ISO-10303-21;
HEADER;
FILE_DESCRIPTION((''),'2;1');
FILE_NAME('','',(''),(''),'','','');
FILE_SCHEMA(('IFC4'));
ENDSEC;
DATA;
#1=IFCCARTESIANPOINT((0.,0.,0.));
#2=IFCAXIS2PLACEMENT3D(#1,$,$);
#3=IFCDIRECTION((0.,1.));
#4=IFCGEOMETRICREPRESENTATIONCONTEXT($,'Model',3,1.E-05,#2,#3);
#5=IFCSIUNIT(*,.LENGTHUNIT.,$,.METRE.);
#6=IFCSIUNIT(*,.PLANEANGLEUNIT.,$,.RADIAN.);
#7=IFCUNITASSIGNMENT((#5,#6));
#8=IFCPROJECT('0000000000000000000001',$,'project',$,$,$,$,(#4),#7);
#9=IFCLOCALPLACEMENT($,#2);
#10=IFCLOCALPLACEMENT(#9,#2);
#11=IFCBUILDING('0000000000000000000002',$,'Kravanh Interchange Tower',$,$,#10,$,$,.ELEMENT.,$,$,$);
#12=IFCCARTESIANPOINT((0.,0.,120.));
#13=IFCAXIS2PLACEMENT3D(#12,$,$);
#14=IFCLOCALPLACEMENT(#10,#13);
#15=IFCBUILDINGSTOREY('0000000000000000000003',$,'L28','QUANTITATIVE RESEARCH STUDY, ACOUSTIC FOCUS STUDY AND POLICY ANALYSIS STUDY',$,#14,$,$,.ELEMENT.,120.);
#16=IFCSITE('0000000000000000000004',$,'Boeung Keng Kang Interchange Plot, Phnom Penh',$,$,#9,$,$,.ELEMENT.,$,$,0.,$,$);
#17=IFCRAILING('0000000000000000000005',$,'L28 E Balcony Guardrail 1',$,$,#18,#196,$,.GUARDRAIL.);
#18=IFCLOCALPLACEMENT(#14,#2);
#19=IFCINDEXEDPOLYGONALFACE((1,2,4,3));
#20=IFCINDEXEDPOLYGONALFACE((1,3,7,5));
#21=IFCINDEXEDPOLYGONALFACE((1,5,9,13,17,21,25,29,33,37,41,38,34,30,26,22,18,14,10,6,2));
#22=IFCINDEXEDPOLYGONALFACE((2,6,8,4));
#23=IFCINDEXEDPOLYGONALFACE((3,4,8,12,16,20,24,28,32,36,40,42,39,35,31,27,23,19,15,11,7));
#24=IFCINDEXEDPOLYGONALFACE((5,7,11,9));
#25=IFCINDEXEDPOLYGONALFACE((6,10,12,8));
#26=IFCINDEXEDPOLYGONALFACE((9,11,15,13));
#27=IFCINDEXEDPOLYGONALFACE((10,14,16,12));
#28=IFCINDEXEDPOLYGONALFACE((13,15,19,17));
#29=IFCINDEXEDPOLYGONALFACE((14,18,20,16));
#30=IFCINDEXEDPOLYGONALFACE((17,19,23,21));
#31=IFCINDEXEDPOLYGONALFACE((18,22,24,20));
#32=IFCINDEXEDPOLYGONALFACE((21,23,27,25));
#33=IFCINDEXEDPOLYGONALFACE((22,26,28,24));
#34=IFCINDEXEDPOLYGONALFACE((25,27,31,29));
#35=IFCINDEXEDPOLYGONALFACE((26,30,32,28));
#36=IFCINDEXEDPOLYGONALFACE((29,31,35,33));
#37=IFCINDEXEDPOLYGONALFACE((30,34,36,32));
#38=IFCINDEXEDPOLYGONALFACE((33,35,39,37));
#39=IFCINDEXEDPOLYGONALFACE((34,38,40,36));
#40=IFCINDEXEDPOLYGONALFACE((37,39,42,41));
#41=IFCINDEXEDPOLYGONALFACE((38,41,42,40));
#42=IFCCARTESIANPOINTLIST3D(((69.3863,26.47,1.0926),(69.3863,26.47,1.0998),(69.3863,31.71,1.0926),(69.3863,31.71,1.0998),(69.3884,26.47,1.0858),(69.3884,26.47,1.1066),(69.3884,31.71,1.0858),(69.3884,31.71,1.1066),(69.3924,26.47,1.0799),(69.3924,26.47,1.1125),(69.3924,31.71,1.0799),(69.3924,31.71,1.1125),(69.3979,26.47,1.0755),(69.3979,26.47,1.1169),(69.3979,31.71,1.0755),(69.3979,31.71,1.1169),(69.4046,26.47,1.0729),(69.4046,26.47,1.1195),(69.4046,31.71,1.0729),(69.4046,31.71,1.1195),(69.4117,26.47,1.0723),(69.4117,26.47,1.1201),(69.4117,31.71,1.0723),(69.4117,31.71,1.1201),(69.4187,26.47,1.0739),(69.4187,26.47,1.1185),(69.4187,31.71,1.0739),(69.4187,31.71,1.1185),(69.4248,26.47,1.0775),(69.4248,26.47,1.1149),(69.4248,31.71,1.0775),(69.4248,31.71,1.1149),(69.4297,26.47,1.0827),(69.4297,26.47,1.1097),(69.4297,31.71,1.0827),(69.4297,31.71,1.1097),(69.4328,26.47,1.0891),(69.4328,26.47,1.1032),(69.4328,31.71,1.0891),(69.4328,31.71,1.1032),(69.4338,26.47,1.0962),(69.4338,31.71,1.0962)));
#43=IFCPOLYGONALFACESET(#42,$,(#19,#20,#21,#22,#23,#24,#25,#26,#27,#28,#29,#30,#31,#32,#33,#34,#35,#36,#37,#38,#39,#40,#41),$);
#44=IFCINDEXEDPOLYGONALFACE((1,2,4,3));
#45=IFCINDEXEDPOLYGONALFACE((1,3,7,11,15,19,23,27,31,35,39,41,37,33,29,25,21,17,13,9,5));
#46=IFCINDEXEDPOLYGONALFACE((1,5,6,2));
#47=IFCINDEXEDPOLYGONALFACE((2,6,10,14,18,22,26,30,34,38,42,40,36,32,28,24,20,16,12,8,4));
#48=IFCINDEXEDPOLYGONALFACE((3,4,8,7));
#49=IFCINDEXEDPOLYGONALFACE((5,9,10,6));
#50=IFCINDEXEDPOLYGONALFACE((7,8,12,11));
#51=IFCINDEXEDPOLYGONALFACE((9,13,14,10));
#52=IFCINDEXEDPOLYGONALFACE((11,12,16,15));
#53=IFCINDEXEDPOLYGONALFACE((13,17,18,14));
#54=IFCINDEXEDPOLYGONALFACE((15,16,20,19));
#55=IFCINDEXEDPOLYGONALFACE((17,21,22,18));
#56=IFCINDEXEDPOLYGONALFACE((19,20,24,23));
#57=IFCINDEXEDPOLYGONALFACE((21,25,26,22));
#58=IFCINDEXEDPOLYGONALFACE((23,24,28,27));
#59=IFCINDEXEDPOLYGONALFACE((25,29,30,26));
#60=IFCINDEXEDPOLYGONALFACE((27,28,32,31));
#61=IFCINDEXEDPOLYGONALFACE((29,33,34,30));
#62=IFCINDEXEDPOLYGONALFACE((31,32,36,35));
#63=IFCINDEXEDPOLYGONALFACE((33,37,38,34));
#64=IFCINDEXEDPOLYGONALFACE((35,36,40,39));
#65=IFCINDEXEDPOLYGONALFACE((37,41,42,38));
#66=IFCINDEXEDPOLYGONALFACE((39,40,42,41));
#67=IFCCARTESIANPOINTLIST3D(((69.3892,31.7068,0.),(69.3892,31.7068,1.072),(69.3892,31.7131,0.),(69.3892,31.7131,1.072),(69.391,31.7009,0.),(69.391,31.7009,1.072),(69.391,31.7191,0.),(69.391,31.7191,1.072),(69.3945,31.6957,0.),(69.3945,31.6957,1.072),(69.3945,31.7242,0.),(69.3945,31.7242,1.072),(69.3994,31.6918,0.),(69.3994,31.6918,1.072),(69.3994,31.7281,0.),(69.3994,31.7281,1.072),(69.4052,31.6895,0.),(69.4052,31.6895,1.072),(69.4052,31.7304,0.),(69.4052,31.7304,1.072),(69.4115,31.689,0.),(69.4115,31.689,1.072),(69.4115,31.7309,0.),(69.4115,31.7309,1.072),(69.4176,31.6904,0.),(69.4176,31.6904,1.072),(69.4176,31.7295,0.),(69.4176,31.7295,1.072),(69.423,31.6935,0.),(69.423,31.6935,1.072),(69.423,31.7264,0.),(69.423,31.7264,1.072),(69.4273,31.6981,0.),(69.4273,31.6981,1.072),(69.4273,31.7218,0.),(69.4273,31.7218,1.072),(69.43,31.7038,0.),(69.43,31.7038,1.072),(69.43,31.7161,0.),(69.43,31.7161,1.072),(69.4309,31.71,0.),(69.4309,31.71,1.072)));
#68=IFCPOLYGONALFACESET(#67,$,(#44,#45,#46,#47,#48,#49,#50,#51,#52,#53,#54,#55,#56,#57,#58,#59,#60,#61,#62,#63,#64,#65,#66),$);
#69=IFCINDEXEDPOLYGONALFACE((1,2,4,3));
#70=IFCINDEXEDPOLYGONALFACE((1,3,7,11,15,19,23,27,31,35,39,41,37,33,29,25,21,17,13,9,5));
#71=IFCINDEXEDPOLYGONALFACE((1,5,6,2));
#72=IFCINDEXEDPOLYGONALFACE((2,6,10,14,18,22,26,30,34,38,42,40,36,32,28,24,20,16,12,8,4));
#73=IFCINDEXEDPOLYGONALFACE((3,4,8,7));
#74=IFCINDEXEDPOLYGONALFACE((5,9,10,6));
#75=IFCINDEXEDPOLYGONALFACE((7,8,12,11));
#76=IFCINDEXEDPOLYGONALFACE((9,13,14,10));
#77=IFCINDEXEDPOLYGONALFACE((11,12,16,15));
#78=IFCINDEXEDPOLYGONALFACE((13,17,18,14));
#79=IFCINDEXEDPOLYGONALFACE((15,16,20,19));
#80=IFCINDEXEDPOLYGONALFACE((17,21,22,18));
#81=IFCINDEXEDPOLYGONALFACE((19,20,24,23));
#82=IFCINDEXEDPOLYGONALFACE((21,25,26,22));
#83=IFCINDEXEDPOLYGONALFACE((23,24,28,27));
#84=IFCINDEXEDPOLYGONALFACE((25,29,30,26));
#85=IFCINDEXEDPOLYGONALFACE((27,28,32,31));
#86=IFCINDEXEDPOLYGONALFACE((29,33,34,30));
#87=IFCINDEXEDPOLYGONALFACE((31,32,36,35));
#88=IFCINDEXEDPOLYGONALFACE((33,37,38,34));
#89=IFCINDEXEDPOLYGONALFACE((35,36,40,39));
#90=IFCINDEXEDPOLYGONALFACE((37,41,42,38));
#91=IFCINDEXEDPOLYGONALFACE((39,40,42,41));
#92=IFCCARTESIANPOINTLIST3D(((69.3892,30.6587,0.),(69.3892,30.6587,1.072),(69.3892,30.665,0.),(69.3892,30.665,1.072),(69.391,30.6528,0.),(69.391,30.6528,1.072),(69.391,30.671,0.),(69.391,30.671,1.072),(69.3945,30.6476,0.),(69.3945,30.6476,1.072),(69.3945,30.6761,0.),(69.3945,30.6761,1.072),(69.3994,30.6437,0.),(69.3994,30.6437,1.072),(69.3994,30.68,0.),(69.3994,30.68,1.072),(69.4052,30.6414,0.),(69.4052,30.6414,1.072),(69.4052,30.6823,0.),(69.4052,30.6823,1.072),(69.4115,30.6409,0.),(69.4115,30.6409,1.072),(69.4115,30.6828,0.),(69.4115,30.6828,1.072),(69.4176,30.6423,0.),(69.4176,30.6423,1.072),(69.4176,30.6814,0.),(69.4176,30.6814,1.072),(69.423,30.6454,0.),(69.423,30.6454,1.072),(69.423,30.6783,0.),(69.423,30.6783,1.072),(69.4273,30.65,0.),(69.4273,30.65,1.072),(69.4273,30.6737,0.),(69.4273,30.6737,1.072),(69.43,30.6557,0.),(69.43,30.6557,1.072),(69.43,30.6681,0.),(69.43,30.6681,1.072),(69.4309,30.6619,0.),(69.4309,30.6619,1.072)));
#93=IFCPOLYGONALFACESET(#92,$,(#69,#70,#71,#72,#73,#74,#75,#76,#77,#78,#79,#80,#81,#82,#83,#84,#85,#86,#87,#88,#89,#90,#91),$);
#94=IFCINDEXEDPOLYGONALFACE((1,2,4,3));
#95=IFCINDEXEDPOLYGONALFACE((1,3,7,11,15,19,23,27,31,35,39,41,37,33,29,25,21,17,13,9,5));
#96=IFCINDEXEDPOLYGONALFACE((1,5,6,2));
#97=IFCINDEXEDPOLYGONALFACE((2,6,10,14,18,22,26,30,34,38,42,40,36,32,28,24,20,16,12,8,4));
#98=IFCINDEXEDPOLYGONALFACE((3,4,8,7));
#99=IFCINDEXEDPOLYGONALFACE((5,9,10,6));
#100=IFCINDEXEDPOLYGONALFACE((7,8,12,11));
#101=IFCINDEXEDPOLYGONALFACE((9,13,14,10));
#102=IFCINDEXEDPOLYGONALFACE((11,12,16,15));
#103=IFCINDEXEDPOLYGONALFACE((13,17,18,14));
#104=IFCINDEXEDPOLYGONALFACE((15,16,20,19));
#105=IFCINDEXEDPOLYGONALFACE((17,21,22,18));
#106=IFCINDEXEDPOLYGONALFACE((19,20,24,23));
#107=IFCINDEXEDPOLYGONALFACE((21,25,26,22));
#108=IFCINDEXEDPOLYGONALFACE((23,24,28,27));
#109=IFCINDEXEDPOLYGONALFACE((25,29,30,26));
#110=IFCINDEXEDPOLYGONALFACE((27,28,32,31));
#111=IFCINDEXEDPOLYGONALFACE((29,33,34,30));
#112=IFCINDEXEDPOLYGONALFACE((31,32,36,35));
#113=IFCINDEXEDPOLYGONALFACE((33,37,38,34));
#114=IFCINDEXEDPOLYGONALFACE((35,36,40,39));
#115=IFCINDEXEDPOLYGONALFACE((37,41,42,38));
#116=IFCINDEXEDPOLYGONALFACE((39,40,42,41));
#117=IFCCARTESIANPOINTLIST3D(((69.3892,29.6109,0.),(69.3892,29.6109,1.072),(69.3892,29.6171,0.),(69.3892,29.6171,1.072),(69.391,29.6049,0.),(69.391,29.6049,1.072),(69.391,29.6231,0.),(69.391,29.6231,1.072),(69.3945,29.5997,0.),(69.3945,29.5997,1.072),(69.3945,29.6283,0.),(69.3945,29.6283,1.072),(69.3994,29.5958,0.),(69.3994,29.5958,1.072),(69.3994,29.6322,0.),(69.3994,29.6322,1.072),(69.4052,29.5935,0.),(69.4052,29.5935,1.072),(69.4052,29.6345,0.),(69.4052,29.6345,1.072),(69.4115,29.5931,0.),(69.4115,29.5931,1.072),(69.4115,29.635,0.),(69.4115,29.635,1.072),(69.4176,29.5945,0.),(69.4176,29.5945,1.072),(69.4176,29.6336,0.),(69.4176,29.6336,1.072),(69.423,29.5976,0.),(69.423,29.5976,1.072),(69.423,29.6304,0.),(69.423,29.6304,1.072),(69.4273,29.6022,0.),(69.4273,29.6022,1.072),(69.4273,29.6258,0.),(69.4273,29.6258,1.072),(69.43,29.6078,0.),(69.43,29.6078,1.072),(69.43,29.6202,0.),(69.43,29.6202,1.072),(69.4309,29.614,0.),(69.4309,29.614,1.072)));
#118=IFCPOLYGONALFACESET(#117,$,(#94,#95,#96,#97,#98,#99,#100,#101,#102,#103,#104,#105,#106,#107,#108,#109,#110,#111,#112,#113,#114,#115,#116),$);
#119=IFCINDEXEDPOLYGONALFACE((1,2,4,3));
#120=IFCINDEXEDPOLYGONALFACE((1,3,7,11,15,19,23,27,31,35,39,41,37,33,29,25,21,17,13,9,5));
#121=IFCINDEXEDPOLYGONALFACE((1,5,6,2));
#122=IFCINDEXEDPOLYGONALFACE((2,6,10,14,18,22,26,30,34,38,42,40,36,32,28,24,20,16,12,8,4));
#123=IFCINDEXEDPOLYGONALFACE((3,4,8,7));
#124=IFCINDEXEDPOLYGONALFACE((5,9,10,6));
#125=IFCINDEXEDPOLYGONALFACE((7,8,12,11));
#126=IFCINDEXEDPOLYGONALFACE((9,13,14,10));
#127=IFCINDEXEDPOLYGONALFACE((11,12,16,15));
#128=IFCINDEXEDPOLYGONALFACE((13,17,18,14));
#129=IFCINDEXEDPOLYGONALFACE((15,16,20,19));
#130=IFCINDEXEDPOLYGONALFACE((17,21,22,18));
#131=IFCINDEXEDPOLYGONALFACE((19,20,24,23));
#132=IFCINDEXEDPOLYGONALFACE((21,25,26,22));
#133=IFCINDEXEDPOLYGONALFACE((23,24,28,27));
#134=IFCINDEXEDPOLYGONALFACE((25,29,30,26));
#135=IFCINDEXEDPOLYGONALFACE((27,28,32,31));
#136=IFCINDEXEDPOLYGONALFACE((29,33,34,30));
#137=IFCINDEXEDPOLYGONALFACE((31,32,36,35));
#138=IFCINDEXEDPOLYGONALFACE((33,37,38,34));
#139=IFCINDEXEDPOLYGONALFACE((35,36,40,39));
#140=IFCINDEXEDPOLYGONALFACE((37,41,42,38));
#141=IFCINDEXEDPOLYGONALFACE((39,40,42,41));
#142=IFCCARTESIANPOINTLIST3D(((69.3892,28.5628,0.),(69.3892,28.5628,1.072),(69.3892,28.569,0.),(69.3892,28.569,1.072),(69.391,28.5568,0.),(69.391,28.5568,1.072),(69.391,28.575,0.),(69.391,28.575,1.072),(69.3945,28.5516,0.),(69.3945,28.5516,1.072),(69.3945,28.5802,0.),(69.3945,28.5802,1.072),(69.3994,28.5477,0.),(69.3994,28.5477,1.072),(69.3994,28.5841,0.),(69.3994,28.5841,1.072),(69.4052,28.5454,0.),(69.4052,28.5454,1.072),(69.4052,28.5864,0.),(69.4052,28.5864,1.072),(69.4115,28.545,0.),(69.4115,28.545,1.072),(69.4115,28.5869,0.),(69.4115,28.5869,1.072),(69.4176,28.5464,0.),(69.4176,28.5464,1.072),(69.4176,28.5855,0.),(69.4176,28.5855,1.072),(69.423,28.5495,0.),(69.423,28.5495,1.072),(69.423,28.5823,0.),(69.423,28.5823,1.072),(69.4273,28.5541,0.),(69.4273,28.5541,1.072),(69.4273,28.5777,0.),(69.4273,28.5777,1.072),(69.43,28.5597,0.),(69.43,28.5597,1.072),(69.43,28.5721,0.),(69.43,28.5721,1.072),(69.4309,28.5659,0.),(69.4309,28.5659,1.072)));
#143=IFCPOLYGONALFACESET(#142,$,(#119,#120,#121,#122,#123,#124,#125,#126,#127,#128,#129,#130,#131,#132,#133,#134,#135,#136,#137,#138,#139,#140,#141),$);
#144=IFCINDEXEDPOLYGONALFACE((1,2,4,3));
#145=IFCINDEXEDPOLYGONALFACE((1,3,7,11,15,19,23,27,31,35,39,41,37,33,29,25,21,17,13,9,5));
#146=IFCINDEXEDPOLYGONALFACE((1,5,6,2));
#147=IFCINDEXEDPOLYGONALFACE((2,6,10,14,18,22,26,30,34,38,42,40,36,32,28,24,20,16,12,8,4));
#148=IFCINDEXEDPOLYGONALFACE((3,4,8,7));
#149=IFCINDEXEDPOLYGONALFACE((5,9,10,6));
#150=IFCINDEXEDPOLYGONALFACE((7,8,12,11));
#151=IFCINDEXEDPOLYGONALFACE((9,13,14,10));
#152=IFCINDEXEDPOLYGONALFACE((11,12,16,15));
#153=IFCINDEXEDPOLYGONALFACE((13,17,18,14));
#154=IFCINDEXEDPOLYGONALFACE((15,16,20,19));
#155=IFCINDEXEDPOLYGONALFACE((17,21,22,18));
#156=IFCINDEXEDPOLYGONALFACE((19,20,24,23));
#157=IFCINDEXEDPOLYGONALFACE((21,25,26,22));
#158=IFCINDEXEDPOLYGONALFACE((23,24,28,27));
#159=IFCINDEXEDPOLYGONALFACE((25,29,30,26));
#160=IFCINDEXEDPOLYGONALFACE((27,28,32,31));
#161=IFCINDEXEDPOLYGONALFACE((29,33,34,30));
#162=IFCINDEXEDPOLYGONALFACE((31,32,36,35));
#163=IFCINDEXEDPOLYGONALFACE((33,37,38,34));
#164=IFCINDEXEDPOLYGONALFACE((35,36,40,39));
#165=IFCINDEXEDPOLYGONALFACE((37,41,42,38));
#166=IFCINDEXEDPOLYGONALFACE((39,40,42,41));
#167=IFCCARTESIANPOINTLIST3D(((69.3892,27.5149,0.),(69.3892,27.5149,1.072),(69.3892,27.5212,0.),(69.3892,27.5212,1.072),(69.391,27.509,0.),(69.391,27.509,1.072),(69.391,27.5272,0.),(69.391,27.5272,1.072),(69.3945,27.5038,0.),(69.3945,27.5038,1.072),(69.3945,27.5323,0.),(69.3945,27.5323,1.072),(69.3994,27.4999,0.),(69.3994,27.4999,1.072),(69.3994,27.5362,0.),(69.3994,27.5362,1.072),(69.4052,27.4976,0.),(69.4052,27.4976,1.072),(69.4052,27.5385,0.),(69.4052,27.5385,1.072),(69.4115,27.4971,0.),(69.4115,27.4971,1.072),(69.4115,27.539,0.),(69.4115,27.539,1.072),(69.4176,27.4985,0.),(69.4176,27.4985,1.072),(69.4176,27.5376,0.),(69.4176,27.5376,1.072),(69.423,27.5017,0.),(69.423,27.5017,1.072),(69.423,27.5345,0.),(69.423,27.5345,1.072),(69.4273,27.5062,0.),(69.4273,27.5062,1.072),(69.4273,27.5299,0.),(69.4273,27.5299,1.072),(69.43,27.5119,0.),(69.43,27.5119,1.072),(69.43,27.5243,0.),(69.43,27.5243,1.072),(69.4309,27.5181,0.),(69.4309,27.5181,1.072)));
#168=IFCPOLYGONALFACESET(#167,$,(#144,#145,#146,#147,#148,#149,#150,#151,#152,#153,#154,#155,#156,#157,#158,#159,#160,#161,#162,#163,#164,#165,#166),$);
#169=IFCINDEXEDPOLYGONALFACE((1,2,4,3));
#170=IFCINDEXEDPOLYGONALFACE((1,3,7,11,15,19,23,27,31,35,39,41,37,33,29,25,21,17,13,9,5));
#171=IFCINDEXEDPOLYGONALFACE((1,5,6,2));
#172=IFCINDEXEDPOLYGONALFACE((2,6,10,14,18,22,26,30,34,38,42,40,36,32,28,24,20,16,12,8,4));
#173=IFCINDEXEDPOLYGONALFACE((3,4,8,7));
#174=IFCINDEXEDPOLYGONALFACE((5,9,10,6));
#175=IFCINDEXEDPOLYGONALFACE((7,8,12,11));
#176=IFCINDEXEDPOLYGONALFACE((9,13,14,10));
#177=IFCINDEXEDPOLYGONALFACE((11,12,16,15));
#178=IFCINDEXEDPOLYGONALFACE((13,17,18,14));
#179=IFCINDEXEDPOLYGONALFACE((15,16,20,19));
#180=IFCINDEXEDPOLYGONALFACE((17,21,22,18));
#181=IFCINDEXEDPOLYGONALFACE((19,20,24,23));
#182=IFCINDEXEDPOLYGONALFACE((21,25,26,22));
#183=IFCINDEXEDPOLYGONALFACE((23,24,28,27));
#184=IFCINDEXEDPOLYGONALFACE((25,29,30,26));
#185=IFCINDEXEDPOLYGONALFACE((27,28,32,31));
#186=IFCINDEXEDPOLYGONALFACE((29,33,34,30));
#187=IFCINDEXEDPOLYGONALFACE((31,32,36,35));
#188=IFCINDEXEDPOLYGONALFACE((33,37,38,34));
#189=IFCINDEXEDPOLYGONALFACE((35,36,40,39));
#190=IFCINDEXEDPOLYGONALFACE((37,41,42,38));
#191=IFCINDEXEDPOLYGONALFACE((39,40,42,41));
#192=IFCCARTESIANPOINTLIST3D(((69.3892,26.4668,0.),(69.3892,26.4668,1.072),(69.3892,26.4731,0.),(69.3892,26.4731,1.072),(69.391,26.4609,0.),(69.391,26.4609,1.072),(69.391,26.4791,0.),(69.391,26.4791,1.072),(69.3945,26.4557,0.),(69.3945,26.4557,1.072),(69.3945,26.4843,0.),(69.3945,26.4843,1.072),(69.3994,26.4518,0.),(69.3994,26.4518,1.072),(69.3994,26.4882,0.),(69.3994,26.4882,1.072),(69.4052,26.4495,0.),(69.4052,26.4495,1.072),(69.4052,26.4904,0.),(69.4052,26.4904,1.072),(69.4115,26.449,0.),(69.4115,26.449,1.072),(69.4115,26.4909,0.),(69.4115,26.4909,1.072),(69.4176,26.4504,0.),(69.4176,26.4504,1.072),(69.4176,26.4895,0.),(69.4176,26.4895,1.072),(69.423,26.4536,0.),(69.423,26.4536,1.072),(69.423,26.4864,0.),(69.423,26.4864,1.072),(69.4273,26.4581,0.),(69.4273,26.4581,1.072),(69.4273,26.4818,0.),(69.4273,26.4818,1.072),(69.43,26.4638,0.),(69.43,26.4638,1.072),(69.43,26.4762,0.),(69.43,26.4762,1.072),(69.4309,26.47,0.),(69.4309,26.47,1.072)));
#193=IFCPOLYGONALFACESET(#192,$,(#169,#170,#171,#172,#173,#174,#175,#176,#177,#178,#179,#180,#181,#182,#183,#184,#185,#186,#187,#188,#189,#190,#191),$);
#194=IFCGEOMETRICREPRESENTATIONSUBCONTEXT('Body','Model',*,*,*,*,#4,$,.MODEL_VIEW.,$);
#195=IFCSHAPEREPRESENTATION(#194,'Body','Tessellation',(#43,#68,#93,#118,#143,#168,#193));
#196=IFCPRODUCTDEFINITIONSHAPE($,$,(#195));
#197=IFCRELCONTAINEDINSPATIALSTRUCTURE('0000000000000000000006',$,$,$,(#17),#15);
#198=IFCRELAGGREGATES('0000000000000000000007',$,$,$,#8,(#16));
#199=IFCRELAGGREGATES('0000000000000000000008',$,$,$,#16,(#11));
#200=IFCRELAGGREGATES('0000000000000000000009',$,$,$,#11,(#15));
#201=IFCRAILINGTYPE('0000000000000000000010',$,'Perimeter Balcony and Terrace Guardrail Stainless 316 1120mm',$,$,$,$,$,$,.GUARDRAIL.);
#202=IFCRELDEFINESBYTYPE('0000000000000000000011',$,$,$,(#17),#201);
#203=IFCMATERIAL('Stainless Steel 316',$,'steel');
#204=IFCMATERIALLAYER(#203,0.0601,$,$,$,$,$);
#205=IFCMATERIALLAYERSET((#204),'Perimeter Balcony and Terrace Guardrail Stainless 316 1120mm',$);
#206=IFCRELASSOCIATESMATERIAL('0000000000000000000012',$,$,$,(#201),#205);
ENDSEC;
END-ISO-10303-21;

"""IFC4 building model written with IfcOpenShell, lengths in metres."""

from ifc_helpers import new_model, si_unit, direction, frame, origin, origin_2d, place, context, subcontext, project, spatial, circle, extrude, material, layer, layer_set, type_object, element, save


model = new_model("IFC4")

# Units and contexts
model_context = context("Model", 3, precision=1e-05, world=origin(), true_north=direction((0.0, 1.0)))
body_context = subcontext(model_context, "Body", "Model", "MODEL_VIEW")
ifc_project = project(units=[si_unit("LENGTHUNIT", "METRE"), si_unit("PLANEANGLEUNIT", "RADIAN")], contexts=[model_context])

# Site, building, storey
site_placement = place(None, origin())
site = spatial("IfcSite", under=ifc_project, at=site_placement, Name="Boeung Keng Kang Interchange Plot, Phnom Penh", CompositionType="ELEMENT", RefElevation=0.0)
building_placement = place(site_placement, origin())
building = spatial("IfcBuilding", under=site, at=building_placement, Name="Kravanh Interchange Tower", CompositionType="ELEMENT")
storey_placement = place(building_placement, frame((0.0, 0.0, 120.0)))
storey = spatial("IfcBuildingStorey", under=building, at=storey_placement, Name="L28", Description="QUANTITATIVE RESEARCH STUDY, ACOUSTIC FOCUS STUDY AND POLICY ANALYSIS STUDY", CompositionType="ELEMENT", Elevation=120.0)

# Railing
ifc_material_1 = material(Name="Stainless Steel 316", Category="steel")
ifc_layer_1 = layer(ifc_material_1, 0.0601)
ifc_layer_set_1 = layer_set([ifc_layer_1], Name="Perimeter Balcony and Terrace Guardrail Stainless 316 1120mm")
railing_type_1 = type_object("IfcRailingType", Name="Perimeter Balcony and Terrace Guardrail Stainless 316 1120mm", PredefinedType="GUARDRAIL", material=ifc_layer_set_1)
railing_1_placement = place(storey_placement, frame((69.4099, 31.71, 0.0)))
element("IfcRailing", 1, at=railing_1_placement, inside=storey, type_object=railing_type_1, Name="L28 E Balcony Guardrail 1", PredefinedType="GUARDRAIL", context=body_context, shape_type="SweptSolid", body=[
    extrude(circle(Radius=0.0239, at=origin_2d()), frame((0.0, 0.0, 1.0962), z_axis=(0.0, -1.0, 0.0), x_axis=(1.0, 0.0, 0.0)), (0.0, 0.0, 1.0), 5.24),
    extrude(circle(Radius=0.021, at=origin_2d()), origin(), (0.0, 0.0, 1.0), 1.072),
    extrude(circle(Radius=0.021, at=origin_2d()), frame((0.0, -1.0481, 0.0)), (0.0, 0.0, 1.0), 1.072),
    extrude(circle(Radius=0.021, at=origin_2d()), frame((0.0, -2.0959, 0.0)), (0.0, 0.0, 1.0), 1.072),
    extrude(circle(Radius=0.021, at=origin_2d()), frame((0.0, -3.144, 0.0)), (0.0, 0.0, 1.0), 1.072),
    extrude(circle(Radius=0.021, at=origin_2d()), frame((0.0, -4.1919, 0.0)), (0.0, 0.0, 1.0), 1.072),
    extrude(circle(Radius=0.021, at=origin_2d()), frame((0.0, -5.24, 0.0)), (0.0, 0.0, 1.0), 1.072),
])

save(model, "model.ifc")
